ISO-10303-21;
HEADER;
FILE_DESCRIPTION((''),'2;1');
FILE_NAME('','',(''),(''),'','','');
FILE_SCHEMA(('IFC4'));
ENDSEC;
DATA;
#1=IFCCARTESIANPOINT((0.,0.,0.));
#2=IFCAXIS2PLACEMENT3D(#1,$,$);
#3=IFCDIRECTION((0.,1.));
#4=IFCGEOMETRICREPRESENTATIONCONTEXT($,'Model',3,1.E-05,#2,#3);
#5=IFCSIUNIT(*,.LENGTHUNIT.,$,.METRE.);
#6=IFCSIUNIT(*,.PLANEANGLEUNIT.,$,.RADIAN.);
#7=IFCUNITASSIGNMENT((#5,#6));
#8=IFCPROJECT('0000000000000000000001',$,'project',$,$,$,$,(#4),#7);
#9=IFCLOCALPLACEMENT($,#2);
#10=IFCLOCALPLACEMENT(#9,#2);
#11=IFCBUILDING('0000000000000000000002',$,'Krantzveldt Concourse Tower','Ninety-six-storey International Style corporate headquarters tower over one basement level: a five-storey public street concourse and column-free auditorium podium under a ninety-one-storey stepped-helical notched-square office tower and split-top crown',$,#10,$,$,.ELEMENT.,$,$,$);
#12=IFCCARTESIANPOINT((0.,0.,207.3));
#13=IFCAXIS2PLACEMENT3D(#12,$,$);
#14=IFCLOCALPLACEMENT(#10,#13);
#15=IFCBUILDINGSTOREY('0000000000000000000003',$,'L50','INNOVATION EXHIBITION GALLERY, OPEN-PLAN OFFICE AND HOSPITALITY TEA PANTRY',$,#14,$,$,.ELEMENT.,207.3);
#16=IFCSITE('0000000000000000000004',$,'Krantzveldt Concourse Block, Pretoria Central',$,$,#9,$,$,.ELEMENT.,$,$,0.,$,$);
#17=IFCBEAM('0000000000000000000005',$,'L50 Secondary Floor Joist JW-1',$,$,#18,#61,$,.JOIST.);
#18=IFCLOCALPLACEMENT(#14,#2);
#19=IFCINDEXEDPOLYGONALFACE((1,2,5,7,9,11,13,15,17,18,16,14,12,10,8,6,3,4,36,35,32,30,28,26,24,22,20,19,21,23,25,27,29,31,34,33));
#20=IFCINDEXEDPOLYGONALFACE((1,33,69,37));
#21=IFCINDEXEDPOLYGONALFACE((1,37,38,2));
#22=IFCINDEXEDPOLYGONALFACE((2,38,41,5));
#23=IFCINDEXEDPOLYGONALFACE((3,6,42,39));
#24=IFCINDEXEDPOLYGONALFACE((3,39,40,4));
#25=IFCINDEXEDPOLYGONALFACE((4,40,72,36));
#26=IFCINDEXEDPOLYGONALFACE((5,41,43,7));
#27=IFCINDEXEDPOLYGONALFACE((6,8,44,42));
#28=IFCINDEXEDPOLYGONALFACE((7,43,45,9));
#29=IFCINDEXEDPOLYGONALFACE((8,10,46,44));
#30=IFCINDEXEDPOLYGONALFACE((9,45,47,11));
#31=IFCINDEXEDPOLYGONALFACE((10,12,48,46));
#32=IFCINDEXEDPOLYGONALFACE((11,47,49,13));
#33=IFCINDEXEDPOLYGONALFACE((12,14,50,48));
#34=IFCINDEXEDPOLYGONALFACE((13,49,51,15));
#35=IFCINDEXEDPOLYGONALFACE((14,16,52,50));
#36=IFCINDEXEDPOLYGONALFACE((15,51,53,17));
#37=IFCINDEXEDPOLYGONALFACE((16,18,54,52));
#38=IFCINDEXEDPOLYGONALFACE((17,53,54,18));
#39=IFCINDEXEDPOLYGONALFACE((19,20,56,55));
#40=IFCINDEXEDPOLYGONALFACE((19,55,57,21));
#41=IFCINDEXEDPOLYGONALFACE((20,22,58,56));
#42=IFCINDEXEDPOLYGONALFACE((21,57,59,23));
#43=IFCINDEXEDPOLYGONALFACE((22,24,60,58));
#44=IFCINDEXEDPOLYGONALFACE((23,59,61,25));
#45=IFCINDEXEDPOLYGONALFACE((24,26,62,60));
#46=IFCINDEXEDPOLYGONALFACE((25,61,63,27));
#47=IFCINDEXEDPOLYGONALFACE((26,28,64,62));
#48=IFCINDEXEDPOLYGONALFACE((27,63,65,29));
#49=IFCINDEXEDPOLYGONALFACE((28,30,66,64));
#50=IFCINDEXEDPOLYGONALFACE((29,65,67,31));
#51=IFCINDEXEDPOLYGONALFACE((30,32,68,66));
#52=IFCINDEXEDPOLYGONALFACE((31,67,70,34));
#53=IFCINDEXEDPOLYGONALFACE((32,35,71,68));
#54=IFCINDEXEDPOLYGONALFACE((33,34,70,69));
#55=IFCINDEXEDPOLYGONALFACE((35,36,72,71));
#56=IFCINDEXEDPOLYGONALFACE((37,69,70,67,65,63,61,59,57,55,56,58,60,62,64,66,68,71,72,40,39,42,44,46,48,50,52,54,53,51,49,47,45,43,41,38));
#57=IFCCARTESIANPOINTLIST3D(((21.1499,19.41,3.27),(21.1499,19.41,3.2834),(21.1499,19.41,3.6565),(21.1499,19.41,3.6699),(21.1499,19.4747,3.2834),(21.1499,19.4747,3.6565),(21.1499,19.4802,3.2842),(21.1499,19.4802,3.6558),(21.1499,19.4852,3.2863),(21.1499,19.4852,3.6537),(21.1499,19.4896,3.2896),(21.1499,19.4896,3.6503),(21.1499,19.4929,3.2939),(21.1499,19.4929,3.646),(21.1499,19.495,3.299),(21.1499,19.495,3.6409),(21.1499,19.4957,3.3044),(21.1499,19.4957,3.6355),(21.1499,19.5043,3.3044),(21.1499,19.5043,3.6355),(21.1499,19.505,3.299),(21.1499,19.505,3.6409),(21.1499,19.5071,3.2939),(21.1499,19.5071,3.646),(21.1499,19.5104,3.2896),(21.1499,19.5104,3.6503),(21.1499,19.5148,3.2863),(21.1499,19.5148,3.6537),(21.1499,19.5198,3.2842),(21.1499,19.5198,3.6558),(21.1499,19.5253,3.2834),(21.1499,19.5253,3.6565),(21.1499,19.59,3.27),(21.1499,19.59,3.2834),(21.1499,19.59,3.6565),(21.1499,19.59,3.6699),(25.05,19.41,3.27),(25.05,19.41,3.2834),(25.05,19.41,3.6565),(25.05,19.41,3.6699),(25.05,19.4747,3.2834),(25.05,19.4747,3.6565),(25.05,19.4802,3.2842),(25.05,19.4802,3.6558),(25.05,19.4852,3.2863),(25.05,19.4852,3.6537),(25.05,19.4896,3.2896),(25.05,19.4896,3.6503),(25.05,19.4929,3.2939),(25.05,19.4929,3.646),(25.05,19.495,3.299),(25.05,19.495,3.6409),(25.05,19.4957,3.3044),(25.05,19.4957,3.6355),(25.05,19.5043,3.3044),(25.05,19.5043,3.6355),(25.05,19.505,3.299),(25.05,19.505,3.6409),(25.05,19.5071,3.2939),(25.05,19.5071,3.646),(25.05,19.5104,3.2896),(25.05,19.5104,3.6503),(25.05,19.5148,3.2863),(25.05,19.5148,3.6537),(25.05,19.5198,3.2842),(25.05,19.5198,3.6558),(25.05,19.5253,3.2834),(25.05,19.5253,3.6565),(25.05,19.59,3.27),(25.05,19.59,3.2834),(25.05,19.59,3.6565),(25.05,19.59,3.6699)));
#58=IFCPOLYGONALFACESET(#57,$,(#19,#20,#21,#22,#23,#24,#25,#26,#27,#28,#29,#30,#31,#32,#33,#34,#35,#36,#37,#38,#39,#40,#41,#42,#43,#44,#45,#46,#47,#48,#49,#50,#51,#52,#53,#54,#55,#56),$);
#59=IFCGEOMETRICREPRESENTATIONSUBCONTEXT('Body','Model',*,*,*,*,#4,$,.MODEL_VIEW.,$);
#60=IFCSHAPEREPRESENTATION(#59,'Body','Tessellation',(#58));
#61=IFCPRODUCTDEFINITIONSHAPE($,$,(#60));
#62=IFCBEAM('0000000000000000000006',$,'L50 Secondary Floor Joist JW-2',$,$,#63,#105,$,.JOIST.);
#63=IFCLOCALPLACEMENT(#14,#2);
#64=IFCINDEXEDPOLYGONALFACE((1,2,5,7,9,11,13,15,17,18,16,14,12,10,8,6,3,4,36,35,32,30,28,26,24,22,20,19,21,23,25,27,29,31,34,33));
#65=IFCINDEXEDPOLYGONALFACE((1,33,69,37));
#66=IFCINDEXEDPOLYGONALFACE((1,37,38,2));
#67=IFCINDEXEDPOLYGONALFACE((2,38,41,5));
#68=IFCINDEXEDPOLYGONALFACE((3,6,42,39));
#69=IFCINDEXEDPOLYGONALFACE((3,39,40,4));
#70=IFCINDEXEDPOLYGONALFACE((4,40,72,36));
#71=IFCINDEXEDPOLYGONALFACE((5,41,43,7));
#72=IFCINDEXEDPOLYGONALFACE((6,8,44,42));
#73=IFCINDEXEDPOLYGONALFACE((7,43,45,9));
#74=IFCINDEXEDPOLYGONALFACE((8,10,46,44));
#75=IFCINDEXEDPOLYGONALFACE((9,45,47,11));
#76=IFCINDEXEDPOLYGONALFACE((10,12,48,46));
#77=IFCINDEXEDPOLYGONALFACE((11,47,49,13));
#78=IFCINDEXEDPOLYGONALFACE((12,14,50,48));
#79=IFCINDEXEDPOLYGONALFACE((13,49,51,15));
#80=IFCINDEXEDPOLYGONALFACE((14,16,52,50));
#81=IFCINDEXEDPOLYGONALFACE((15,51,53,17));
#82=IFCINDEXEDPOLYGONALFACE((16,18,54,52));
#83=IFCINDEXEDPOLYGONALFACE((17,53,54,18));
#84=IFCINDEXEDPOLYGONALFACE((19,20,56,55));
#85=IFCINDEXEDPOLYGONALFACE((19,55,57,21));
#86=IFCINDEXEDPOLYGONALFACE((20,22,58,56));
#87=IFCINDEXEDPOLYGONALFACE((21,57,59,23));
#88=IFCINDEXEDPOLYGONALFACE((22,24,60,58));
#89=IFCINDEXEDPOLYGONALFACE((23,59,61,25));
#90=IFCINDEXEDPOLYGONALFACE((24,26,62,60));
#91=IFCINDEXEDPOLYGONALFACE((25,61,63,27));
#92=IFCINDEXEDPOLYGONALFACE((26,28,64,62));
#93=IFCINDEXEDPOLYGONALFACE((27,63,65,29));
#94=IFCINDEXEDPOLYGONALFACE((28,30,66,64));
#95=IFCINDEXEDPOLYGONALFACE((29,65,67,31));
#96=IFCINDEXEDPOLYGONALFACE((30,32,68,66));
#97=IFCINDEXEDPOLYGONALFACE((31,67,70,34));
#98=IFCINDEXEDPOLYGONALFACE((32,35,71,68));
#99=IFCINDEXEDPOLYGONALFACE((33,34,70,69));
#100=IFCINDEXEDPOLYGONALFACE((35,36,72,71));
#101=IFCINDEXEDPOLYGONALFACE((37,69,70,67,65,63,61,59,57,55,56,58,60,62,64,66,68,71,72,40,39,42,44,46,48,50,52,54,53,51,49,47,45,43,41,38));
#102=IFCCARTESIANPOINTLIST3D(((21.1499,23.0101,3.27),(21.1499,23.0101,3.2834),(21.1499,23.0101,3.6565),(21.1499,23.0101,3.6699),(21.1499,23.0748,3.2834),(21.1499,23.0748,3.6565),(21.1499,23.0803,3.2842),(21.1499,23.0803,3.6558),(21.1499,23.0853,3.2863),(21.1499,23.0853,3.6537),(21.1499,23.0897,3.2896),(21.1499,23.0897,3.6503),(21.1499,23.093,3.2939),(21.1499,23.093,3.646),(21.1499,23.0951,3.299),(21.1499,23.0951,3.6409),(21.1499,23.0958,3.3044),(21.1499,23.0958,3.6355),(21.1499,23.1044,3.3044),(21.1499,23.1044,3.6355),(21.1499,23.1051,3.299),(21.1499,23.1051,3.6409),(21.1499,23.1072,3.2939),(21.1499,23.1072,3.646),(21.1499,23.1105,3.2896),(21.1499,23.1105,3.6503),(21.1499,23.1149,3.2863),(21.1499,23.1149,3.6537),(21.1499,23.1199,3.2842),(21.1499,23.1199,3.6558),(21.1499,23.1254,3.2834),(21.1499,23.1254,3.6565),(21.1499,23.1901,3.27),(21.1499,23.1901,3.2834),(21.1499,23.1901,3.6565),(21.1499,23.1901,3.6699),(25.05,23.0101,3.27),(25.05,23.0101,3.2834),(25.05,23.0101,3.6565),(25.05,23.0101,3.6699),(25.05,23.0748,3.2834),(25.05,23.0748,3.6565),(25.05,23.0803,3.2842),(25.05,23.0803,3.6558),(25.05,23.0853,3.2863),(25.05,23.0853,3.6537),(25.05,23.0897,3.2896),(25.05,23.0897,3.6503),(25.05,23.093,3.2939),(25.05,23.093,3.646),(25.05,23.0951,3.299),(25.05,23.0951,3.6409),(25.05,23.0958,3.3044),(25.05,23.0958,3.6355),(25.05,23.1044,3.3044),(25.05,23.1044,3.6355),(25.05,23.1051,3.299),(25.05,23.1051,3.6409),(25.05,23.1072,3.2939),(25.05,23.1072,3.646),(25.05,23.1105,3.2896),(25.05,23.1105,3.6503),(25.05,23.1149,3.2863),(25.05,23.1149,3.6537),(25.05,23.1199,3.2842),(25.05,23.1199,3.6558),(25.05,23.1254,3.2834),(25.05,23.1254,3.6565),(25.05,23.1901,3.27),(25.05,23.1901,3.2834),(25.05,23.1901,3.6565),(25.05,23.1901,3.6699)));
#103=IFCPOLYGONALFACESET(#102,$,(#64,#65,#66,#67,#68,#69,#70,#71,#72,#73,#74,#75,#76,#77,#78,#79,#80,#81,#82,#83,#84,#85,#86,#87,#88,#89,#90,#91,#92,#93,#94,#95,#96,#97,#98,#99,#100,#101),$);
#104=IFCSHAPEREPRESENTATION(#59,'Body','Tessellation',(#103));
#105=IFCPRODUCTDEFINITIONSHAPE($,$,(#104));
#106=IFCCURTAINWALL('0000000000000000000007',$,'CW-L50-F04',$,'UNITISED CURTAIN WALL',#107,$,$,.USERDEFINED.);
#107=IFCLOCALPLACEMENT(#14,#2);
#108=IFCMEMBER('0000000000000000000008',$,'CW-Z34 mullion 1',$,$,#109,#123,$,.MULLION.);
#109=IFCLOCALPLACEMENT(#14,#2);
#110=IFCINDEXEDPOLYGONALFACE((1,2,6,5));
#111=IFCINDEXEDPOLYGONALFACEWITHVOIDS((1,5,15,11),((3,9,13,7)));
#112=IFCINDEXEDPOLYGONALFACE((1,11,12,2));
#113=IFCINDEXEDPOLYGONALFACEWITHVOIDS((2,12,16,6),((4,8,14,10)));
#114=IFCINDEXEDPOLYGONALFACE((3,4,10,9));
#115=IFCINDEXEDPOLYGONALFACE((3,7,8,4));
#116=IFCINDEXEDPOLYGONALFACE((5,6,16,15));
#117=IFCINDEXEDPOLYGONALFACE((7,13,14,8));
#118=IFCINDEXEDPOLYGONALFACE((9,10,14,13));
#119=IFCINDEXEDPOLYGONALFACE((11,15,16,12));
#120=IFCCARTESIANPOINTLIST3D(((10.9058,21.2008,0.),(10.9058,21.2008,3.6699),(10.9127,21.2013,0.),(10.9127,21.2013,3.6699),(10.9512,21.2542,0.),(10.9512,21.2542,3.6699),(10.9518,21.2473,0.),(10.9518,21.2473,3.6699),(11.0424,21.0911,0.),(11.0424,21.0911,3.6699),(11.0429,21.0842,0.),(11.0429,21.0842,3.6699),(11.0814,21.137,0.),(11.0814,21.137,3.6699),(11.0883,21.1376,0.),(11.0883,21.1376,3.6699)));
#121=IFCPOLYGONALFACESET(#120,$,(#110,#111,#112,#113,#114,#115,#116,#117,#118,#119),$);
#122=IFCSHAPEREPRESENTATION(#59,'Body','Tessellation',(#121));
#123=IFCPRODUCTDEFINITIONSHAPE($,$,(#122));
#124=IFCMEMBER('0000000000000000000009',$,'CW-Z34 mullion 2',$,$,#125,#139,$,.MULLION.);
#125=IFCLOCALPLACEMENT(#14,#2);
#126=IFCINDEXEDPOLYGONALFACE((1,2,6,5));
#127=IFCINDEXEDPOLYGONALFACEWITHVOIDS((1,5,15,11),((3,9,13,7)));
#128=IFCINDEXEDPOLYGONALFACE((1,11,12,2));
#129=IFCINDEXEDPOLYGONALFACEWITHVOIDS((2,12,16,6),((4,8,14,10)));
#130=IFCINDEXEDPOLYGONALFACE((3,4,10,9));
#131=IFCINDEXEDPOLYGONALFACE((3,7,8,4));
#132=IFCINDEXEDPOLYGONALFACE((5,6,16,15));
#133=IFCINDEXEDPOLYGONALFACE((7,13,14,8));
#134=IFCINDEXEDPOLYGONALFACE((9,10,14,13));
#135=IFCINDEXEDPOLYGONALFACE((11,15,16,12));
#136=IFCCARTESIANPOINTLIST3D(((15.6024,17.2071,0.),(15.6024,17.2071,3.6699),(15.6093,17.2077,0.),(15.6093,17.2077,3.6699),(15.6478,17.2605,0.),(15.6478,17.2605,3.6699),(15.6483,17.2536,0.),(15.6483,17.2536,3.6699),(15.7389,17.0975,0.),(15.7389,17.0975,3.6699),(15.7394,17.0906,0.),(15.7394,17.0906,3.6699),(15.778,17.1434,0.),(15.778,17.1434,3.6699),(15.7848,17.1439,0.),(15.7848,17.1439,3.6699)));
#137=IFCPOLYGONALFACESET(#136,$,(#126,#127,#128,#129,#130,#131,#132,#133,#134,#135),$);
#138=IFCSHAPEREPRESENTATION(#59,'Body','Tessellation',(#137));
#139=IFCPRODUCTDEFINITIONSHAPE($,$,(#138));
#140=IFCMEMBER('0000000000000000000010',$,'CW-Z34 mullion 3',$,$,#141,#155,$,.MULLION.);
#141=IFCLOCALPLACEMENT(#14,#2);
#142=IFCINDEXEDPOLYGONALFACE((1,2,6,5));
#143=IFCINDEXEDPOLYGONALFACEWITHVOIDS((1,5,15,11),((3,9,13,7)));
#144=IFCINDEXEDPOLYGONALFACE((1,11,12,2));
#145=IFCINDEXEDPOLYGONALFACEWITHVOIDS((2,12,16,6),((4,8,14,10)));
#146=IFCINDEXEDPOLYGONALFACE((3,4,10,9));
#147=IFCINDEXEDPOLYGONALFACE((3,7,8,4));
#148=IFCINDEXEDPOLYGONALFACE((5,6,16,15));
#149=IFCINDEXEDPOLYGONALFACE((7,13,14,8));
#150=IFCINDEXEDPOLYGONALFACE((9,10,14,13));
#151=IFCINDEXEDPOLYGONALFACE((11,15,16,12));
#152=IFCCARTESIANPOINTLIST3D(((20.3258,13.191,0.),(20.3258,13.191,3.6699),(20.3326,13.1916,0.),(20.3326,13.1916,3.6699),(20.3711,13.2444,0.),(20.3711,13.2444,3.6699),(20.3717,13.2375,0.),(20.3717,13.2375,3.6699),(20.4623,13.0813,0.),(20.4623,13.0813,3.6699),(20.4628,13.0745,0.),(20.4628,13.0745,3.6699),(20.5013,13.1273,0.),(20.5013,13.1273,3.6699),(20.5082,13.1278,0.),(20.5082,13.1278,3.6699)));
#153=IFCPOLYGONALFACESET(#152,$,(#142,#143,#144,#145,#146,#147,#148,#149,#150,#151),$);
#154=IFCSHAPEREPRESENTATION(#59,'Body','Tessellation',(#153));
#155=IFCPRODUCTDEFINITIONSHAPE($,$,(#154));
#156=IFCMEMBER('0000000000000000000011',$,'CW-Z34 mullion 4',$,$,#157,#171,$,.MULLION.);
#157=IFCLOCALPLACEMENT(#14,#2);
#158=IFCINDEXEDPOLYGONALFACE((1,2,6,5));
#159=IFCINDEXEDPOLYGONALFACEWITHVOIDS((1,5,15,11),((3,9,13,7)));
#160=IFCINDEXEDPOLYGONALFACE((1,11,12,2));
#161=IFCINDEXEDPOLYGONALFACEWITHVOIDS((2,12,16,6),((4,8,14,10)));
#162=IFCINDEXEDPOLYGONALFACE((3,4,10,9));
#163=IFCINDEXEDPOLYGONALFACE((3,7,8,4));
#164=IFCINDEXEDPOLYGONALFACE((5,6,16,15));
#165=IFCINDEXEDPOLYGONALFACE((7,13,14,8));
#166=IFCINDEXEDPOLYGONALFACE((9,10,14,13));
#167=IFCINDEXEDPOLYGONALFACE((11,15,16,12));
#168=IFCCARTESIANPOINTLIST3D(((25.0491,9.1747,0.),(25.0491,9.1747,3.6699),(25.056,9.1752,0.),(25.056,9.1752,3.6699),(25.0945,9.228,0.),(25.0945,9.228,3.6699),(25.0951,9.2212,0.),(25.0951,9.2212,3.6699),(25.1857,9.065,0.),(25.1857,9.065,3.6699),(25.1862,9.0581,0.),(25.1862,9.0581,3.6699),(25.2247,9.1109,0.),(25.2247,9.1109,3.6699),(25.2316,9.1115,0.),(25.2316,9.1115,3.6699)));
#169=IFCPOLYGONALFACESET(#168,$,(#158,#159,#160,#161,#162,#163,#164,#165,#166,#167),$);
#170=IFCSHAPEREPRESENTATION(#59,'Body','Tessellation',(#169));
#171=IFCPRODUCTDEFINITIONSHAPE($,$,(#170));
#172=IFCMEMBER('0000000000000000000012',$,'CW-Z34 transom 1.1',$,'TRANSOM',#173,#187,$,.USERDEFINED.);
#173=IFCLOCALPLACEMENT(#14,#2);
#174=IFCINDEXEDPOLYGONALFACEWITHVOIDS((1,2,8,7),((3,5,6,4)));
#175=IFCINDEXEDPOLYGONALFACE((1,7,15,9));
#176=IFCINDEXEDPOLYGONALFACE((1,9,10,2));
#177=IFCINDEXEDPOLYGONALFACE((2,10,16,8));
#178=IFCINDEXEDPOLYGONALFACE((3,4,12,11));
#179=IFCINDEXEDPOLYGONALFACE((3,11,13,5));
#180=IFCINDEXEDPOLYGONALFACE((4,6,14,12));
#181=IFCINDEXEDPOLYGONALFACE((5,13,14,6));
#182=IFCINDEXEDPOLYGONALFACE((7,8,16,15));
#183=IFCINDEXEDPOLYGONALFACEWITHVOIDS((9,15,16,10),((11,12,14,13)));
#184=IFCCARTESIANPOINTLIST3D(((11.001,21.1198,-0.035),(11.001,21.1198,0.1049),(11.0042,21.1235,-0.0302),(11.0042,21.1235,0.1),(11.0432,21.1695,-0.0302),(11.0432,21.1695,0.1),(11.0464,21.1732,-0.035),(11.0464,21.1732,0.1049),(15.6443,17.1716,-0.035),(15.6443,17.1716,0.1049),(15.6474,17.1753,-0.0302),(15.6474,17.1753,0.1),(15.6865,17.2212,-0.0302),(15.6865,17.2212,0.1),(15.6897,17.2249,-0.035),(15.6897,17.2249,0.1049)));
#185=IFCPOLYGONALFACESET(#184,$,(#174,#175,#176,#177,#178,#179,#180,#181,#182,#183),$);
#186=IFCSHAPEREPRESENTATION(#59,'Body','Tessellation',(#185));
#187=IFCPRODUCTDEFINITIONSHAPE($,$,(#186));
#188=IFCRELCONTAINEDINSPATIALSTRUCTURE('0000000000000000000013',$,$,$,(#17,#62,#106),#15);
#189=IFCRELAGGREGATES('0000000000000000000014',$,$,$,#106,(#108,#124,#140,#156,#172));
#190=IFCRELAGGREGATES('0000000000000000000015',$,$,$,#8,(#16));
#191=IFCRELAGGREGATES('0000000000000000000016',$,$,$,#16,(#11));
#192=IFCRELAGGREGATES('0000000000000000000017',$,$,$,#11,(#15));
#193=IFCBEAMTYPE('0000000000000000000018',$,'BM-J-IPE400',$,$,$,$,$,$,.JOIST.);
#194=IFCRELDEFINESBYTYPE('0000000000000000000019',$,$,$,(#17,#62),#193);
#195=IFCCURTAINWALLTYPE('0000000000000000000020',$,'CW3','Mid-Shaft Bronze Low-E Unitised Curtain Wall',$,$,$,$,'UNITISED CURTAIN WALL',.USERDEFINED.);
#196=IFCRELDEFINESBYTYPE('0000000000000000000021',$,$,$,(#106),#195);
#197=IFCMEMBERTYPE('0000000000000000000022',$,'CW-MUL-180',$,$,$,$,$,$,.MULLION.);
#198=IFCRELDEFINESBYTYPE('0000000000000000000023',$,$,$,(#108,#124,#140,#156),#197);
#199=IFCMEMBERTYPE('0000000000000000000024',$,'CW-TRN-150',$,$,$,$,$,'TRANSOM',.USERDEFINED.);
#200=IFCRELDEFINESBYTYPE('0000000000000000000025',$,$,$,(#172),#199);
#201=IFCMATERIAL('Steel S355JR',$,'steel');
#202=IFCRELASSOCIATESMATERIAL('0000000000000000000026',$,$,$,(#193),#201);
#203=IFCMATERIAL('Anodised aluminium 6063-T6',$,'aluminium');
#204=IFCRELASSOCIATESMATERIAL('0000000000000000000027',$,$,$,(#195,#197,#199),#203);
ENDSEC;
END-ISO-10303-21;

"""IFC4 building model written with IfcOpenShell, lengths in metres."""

from ifc_helpers import new_model, si_unit, direction, frame, origin, origin_2d, place, context, subcontext, project, spatial, hollow_rectangle, i_section, extrude, source, transform, mapped, material, material_profile, profile_set, type_object, type_shapes, element, aggregate, save


model = new_model("IFC4")

# Units and contexts
model_context = context("Model", 3, precision=1e-05, world=origin(), true_north=direction((0.0, 1.0)))
body_context = subcontext(model_context, "Body", "Model", "MODEL_VIEW")
ifc_project = project(units=[si_unit("LENGTHUNIT", "METRE"), si_unit("PLANEANGLEUNIT", "RADIAN")], contexts=[model_context])

# Site, building, storey
site_placement = place(None, origin())
site = spatial("IfcSite", under=ifc_project, at=site_placement, Name="Krantzveldt Concourse Block, Pretoria Central", CompositionType="ELEMENT", RefElevation=0.0)
building_placement = place(site_placement, origin())
building = spatial("IfcBuilding", under=site, at=building_placement, Name="Krantzveldt Concourse Tower", Description="Ninety-six-storey International Style corporate headquarters tower over one basement level: a five-storey public street concourse and column-free auditorium podium under a ninety-one-storey stepped-helical notched-square office tower and split-top crown", CompositionType="ELEMENT")
storey_placement = place(building_placement, frame((0.0, 0.0, 207.3)))
storey = spatial("IfcBuildingStorey", under=building, at=storey_placement, Name="L50", Description="INNOVATION EXHIBITION GALLERY, OPEN-PLAN OFFICE AND HOSPITALITY TEA PANTRY", CompositionType="ELEMENT", Elevation=207.3)

# Beams
ifc_material_1 = material(Name="Steel S355JR", Category="steel")
ifc_material_profile_1 = material_profile(ifc_material_1, i_section(OverallWidth=0.1799, OverallDepth=0.3999, WebThickness=0.0085, FlangeThickness=0.0134, FilletRadius=0.021, at=origin_2d()), Name="Steel S355JR", Category="steel")
ifc_profile_set_1 = profile_set([ifc_material_profile_1], Name="Steel S355JR - IPE 400")
beam_type_1 = type_object("IfcBeamType", Name="BM-J-IPE400", PredefinedType="JOIST", material=ifc_profile_set_1)
shared_shape_1 = source(origin(), body_context, "Body", "SweptSolid", [
    extrude(i_section(OverallWidth=0.1799, OverallDepth=0.3999, WebThickness=0.0085, FlangeThickness=0.0134, FilletRadius=0.021, at=origin_2d()), origin(), (0.0, 0.0, 1.0), 3.9001),
])
type_shapes(beam_type_1, [shared_shape_1])
for number, where, z_axis, x_axis, name in (
    (1, (21.1499, 19.5, 3.47), (1.0, 0.0, 0.0), (0.0, 1.0, 0.0), "L50 Secondary Floor Joist JW-1"),
    (2, (21.1499, 23.1001, 3.47), (1.0, 0.0, 0.0), (0.0, 1.0, 0.0), "L50 Secondary Floor Joist JW-2"),
):
    element("IfcBeam", number, at=place(storey_placement, frame(where, z_axis=z_axis, x_axis=x_axis)), inside=storey, type_object=beam_type_1, Name=name, PredefinedType="JOIST", context=body_context, shape_type="MappedRepresentation", body=[
        mapped(shared_shape_1, transform((0.0, 0.0, 0.0), x_axis=(1.0, 0.0, 0.0), y_axis=(0.0, 1.0, 0.0), z_axis=(0.0, 0.0, 1.0), scale=1.0)),
    ])

# Curtain wall, members
ifc_material_2 = material(Name="Anodised aluminium 6063-T6", Category="aluminium")
curtain_wall_type = type_object("IfcCurtainWallType", Name="CW3", Description="Mid-Shaft Bronze Low-E Unitised Curtain Wall", ElementType="UNITISED CURTAIN WALL", PredefinedType="USERDEFINED", material=ifc_material_2)
curtain_wall_placement = place(storey_placement, origin())
curtain_wall = element("IfcCurtainWall", 3, at=curtain_wall_placement, inside=storey, type_object=curtain_wall_type, Name="CW-L50-F04", ObjectType="UNITISED CURTAIN WALL", PredefinedType="USERDEFINED")
ifc_material_profile_2 = material_profile(ifc_material_2, hollow_rectangle(XDim=0.0701, YDim=0.1799, WallThickness=0.0049, at=origin_2d()), Name="Anodised aluminium 6063-T6", Category="aluminium")
ifc_profile_set_2 = profile_set([ifc_material_profile_2], Name="Anodised aluminium 6063-T6 - ALU-MULL 180x70x5")
member_type_1 = type_object("IfcMemberType", Name="CW-MUL-180", PredefinedType="MULLION", material=ifc_profile_set_2)
shared_shape_2 = source(origin(), body_context, "Body", "SweptSolid", [
    extrude(hollow_rectangle(XDim=0.0701, YDim=0.1799, WallThickness=0.0049, at=origin_2d()), origin(), (0.0, 0.0, 1.0), 3.6699),
])
type_shapes(member_type_1, [shared_shape_2])
member_1_placement = place(storey_placement, frame((10.9971, 21.1692, 0.0), z_axis=(0.0, 0.0, 1.0), x_axis=(0.647788, 0.761821, 0.0)))
member_1 = element("IfcMember", 4, at=member_1_placement, type_object=member_type_1, Name="CW-Z34 mullion 1", PredefinedType="MULLION", context=body_context, shape_type="MappedRepresentation", body=[
    mapped(shared_shape_2, transform((0.0, 0.0, 0.0), x_axis=(1.0, 0.0, 0.0), y_axis=(0.0, 1.0, 0.0), z_axis=(0.0, 0.0, 1.0), scale=1.0)),
])
member_2_placement = place(storey_placement, frame((15.6936, 17.1755, 0.0), z_axis=(0.0, 0.0, 1.0), x_axis=(0.647788, 0.761821, 0.0)))
member_2 = element("IfcMember", 5, at=member_2_placement, type_object=member_type_1, Name="CW-Z34 mullion 2", PredefinedType="MULLION", context=body_context, shape_type="MappedRepresentation", body=[
    mapped(shared_shape_2, transform((0.0, 0.0, 0.0), x_axis=(1.0, 0.0, 0.0), y_axis=(0.0, 1.0, 0.0), z_axis=(0.0, 0.0, 1.0), scale=1.0)),
])
member_3_placement = place(storey_placement, frame((20.417, 13.1594, 0.0), z_axis=(0.0, 0.0, 1.0), x_axis=(0.647788, 0.761821, 0.0)))
member_3 = element("IfcMember", 6, at=member_3_placement, type_object=member_type_1, Name="CW-Z34 mullion 3", PredefinedType="MULLION", context=body_context, shape_type="MappedRepresentation", body=[
    mapped(shared_shape_2, transform((0.0, 0.0, 0.0), x_axis=(1.0, 0.0, 0.0), y_axis=(0.0, 1.0, 0.0), z_axis=(0.0, 0.0, 1.0), scale=1.0)),
])
member_4_placement = place(storey_placement, frame((25.1404, 9.1431, 0.0), z_axis=(0.0, 0.0, 1.0), x_axis=(0.647788, 0.761821, 0.0)))
member_4 = element("IfcMember", 7, at=member_4_placement, type_object=member_type_1, Name="CW-Z34 mullion 4", PredefinedType="MULLION", context=body_context, shape_type="MappedRepresentation", body=[
    mapped(shared_shape_2, transform((0.0, 0.0, 0.0), x_axis=(1.0, 0.0, 0.0), y_axis=(0.0, 1.0, 0.0), z_axis=(0.0, 0.0, 1.0), scale=1.0)),
])
ifc_material_profile_3 = material_profile(ifc_material_2, hollow_rectangle(XDim=0.0701, YDim=0.1399, WallThickness=0.0049, at=origin_2d()), Name="Anodised aluminium 6063-T6", Category="aluminium")
ifc_profile_set_3 = profile_set([ifc_material_profile_3], Name="Anodised aluminium 6063-T6 - ALU-TRAN 140x70x5")
member_type_2 = type_object("IfcMemberType", Name="CW-TRN-150", ElementType="TRANSOM", PredefinedType="USERDEFINED", material=ifc_profile_set_3)
shared_shape_3 = source(origin(), body_context, "Body", "SweptSolid", [
    extrude(hollow_rectangle(XDim=0.0701, YDim=0.1399, WallThickness=0.0049, at=origin_2d()), origin(), (0.0, 0.0, 1.0), 6.095),
])
member_5_placement = place(storey_placement, frame((11.0237, 21.1465, 0.0349), z_axis=(0.761824, -0.647784, 0.0), x_axis=(0.647784, 0.761824, 0.0)))
member_5 = element("IfcMember", 8, at=member_5_placement, type_object=member_type_2, Name="CW-Z34 transom 1.1", ObjectType="TRANSOM", PredefinedType="USERDEFINED", context=body_context, shape_type="MappedRepresentation", body=[
    mapped(shared_shape_3, transform((0.0, 0.0, 0.0), x_axis=(1.0, 0.0, 0.0), y_axis=(0.0, 1.0, 0.0), z_axis=(0.0, 0.0, 1.0), scale=1.0)),
])

aggregate(curtain_wall, [member_1, member_2, member_3, member_4, member_5])

save(model, "model.ifc")
